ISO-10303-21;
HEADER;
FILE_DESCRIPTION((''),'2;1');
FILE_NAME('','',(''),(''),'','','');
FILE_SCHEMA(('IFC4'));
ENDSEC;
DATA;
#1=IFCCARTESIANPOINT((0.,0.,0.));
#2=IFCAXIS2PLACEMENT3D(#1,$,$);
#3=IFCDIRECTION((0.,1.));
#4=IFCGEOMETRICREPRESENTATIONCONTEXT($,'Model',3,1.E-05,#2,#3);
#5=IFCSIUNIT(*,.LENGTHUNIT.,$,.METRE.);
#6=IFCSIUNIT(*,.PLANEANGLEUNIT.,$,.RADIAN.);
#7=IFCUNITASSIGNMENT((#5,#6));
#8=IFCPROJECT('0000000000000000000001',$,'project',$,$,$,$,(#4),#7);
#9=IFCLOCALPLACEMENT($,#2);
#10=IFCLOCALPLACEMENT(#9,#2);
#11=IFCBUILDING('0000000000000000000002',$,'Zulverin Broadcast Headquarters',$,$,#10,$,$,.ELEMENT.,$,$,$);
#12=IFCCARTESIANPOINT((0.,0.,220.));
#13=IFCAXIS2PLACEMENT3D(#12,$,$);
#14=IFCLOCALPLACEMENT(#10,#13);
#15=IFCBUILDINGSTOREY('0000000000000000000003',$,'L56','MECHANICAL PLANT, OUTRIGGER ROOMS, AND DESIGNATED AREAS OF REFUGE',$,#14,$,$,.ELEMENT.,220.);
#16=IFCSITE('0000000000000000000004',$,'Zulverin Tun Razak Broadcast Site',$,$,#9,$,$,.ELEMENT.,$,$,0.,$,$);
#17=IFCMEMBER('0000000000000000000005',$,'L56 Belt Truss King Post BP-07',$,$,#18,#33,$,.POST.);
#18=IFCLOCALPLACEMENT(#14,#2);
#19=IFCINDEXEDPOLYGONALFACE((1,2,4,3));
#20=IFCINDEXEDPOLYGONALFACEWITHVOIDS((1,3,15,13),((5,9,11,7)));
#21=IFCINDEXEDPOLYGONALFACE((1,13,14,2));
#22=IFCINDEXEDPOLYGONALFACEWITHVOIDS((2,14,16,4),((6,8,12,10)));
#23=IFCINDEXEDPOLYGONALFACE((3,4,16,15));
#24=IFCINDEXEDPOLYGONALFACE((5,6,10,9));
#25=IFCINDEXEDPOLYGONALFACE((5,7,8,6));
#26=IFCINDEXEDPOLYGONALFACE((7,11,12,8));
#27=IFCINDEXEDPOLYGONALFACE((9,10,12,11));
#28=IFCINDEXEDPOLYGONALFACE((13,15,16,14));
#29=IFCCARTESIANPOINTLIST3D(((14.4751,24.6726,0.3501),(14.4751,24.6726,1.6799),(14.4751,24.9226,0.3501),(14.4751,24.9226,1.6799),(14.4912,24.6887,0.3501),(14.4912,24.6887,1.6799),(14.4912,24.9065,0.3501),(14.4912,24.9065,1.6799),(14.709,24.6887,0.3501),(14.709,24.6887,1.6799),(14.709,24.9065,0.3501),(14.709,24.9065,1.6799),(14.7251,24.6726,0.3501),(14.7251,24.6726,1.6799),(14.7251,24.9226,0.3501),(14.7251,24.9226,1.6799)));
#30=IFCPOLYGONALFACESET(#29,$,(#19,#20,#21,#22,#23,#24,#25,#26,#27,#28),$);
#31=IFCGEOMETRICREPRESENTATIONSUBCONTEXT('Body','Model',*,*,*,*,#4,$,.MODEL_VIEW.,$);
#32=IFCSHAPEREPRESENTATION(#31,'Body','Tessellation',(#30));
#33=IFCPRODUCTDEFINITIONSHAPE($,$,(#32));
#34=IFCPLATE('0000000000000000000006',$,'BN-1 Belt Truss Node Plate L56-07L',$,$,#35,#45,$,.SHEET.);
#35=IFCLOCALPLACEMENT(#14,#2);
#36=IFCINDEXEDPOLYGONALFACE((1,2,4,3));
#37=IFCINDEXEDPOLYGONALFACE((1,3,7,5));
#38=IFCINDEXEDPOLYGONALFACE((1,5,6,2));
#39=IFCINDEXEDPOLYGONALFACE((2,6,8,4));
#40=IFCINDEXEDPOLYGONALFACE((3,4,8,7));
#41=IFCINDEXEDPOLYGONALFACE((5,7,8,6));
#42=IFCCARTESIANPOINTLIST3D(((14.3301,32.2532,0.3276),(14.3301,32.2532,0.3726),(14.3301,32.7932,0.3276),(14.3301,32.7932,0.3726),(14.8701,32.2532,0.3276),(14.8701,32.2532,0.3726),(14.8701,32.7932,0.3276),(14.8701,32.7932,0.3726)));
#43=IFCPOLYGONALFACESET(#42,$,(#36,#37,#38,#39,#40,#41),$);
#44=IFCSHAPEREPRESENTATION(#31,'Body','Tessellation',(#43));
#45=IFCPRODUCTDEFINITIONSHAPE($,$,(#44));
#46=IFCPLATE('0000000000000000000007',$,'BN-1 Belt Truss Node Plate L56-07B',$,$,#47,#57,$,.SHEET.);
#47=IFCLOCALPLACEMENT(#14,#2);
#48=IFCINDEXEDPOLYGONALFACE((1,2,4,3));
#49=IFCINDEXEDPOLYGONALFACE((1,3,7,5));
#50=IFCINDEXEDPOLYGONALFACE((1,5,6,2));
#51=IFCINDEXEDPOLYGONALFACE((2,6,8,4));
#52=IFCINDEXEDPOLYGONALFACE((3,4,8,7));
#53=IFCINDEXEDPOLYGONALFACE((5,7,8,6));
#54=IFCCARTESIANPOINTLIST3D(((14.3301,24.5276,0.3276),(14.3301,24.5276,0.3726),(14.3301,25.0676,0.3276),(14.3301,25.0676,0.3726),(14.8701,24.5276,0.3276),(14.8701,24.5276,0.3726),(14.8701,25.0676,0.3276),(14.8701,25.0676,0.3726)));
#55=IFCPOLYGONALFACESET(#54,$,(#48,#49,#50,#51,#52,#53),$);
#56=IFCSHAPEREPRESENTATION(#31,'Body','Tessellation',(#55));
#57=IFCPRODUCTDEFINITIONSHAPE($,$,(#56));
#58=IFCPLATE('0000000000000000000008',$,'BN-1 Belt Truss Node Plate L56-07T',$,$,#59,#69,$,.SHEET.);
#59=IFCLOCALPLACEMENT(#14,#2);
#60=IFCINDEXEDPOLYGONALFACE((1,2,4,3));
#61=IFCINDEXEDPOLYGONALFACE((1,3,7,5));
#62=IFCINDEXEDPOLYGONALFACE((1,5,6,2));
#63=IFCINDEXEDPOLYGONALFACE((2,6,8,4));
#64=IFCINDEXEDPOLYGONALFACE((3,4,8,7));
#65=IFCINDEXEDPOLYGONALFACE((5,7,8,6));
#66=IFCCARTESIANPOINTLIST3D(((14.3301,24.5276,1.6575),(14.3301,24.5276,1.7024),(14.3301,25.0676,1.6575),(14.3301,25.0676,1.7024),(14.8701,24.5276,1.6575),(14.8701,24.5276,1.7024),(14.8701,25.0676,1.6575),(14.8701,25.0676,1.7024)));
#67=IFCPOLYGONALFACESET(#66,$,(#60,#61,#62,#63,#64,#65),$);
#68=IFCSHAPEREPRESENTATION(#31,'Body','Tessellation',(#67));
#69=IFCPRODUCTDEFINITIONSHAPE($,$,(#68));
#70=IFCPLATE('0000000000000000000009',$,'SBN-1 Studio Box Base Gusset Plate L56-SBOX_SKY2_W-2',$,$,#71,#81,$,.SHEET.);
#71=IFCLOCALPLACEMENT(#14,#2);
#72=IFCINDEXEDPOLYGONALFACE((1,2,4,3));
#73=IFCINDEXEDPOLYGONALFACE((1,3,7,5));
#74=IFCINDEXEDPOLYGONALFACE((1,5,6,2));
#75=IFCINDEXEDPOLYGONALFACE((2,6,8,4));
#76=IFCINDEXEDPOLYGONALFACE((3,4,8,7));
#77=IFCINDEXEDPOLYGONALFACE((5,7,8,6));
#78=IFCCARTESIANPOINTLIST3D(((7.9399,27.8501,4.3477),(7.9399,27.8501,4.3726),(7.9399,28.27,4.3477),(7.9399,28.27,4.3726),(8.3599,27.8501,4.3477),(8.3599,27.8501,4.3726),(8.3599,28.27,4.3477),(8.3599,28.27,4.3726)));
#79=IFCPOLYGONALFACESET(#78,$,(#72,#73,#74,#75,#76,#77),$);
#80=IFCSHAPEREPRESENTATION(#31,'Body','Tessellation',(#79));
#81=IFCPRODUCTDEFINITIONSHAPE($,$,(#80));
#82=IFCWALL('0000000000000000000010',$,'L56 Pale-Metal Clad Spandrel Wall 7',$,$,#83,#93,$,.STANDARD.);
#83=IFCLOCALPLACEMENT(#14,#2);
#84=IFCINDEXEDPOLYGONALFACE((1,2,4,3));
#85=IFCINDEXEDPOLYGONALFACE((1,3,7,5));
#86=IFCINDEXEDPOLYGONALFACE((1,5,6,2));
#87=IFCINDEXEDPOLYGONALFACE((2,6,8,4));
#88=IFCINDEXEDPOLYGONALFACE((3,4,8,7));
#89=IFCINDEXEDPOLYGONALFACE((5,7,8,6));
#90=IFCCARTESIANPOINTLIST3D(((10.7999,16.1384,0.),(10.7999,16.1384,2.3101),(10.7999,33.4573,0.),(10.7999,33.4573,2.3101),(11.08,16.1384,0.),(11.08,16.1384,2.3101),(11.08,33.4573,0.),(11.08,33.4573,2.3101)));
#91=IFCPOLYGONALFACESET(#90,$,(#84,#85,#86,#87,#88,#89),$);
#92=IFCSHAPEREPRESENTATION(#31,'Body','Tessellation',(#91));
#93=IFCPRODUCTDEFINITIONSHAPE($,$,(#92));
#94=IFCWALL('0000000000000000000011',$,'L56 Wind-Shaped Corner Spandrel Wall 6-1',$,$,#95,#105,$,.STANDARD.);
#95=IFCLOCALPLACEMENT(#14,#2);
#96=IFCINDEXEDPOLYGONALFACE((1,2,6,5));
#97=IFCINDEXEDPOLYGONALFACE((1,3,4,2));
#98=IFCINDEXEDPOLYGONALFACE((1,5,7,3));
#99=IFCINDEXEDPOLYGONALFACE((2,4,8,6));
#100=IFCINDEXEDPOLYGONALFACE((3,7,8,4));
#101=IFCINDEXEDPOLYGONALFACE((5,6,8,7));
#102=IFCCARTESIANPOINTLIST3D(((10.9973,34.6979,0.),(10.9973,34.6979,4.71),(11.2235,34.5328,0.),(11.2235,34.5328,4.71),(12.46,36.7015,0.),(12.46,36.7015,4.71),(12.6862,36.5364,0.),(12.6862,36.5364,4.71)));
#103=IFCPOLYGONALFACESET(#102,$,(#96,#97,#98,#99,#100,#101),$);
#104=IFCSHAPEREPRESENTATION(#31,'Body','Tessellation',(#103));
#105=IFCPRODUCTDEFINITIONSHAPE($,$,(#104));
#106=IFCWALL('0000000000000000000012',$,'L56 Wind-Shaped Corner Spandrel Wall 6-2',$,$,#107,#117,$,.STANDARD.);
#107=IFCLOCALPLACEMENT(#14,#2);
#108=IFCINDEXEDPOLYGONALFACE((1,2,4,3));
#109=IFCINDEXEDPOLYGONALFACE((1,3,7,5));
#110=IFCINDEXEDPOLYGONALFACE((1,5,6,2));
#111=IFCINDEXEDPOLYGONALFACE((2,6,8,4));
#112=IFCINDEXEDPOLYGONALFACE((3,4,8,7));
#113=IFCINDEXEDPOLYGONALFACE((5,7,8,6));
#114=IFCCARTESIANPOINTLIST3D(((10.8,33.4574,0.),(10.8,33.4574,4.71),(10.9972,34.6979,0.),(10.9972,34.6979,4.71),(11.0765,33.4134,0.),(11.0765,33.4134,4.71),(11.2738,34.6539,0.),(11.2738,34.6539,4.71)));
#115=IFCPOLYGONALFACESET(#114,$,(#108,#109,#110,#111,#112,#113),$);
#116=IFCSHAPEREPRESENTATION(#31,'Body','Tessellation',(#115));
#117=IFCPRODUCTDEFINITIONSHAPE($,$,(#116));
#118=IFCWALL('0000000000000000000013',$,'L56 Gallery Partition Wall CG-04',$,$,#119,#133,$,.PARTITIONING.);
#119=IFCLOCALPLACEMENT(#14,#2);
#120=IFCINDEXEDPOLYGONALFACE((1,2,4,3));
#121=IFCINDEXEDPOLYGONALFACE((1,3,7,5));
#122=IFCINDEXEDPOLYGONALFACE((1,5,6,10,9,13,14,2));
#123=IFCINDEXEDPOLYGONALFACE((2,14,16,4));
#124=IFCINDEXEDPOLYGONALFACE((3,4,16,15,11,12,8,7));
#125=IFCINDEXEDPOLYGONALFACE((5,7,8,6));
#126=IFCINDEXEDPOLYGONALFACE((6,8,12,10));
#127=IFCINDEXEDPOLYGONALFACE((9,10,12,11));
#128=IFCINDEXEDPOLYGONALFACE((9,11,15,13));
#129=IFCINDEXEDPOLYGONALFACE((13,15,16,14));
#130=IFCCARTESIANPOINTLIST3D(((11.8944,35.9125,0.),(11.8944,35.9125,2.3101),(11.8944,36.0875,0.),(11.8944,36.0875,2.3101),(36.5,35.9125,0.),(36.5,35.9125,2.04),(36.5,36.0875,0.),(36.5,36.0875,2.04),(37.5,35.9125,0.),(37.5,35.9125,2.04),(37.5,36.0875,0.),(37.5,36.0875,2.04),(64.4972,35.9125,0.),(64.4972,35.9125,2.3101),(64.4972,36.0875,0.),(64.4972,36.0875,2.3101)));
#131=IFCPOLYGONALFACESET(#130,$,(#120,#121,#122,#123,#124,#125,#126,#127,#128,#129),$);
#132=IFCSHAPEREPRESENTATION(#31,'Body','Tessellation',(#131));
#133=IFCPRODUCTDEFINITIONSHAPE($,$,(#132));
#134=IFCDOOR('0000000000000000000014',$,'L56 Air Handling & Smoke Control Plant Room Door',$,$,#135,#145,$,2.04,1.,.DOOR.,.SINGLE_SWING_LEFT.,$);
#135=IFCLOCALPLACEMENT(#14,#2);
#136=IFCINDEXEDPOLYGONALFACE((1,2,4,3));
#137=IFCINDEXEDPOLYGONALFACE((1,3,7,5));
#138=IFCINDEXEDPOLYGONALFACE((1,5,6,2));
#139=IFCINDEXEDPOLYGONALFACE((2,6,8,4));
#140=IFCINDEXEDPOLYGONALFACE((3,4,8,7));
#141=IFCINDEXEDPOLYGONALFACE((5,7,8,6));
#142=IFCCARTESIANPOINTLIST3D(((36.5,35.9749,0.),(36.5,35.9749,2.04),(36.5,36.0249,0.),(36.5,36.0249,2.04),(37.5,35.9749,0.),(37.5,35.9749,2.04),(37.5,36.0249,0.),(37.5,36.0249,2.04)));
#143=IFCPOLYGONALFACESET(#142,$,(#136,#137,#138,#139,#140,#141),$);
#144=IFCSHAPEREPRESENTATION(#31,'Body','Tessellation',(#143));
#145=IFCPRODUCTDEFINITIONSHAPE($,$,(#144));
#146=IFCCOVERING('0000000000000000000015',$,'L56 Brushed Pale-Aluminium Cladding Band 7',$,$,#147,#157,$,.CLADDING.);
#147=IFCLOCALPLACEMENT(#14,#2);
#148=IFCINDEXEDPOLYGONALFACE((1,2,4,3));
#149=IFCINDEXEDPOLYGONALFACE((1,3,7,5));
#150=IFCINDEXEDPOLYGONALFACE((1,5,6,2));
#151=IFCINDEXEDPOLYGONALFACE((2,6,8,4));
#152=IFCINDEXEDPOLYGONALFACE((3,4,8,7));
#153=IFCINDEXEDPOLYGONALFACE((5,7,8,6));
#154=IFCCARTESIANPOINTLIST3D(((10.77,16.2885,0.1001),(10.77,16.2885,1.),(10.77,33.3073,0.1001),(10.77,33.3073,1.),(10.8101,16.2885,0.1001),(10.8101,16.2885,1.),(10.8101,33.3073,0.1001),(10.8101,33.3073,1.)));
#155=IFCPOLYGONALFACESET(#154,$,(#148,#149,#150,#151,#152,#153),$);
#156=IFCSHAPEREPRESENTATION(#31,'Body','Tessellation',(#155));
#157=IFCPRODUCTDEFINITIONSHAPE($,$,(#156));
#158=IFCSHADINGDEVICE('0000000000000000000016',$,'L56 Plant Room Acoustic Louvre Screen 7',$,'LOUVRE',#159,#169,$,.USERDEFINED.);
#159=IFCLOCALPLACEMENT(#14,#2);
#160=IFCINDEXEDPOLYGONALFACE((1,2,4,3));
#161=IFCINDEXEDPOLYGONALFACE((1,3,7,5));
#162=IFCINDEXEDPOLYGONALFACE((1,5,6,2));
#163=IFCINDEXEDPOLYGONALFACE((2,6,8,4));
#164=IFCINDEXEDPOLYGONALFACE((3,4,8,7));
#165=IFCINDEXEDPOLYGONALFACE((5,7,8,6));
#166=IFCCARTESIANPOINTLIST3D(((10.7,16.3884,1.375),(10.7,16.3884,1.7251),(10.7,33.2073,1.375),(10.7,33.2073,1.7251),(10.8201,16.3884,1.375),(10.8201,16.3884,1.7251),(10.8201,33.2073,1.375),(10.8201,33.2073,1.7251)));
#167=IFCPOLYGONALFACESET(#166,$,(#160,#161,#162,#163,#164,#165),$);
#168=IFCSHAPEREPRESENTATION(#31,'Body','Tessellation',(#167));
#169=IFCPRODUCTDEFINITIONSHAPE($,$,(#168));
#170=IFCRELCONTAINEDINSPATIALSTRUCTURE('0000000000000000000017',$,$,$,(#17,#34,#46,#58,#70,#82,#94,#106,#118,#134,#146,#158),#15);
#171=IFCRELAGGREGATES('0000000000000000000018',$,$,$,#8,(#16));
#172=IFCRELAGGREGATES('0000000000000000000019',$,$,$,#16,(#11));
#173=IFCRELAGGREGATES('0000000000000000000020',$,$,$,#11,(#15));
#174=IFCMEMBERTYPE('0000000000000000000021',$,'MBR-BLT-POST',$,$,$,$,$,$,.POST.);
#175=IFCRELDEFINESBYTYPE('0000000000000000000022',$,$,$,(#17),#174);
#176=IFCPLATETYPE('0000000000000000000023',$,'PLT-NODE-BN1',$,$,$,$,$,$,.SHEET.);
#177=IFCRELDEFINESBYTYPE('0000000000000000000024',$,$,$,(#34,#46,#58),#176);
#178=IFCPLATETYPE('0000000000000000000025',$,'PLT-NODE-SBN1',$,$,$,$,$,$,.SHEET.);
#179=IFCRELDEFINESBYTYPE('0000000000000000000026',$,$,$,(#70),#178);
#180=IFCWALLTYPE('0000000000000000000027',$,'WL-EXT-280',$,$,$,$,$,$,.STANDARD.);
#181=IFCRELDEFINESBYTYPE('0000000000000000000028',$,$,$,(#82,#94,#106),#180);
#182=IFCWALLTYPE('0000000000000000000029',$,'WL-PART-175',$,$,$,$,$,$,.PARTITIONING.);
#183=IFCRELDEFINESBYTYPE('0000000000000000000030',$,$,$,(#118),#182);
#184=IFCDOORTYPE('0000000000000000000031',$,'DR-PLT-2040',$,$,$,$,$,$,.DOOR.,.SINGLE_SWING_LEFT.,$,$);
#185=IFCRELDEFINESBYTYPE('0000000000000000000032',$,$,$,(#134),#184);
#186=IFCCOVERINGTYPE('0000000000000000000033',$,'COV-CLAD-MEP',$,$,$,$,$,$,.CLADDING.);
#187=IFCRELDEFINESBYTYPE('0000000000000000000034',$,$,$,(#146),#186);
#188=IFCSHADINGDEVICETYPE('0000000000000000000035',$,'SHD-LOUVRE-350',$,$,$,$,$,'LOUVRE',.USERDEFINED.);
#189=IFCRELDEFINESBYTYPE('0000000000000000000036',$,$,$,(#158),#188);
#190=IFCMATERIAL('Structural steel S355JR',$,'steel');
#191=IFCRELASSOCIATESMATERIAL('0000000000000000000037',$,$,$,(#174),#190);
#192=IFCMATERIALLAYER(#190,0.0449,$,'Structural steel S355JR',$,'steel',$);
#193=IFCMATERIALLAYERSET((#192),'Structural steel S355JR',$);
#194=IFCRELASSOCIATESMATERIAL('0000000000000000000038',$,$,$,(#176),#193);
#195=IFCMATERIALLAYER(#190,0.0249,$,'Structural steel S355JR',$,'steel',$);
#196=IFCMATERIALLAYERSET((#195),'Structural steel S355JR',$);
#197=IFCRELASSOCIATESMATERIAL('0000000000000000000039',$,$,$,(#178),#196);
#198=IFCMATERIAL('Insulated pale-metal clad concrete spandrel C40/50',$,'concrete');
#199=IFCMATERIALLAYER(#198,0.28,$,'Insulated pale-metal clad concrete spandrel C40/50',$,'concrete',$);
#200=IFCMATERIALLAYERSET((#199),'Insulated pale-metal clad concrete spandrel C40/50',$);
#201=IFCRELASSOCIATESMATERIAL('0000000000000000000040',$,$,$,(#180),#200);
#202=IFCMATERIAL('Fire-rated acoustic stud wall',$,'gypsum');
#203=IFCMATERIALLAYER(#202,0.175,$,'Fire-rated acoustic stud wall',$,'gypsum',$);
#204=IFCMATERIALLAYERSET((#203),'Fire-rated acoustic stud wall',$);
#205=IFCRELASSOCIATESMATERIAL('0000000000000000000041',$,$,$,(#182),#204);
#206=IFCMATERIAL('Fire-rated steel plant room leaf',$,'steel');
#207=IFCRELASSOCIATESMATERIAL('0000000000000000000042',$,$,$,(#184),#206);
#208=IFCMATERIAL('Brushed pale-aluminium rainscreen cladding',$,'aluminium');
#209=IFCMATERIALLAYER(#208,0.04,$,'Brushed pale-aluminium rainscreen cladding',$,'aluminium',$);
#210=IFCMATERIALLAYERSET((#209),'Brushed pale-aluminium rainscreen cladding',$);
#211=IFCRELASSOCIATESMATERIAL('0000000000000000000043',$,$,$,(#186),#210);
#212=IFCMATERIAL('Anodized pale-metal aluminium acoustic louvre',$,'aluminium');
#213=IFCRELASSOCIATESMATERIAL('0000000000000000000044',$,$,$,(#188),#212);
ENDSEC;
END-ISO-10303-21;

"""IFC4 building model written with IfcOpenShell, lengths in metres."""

from ifc_helpers import new_model, si_unit, direction, frame, frame_2d, origin, origin_2d, place, context, subcontext, project, spatial, rectangle, hollow_rectangle, extrude, material, layer, layer_set, material_profile, profile_set, type_object, element, fill, save


model = new_model("IFC4")

# Units and contexts
model_context = context("Model", 3, precision=1e-05, world=origin(), true_north=direction((0.0, 1.0)))
body_context = subcontext(model_context, "Body", "Model", "MODEL_VIEW")
ifc_project = project(units=[si_unit("LENGTHUNIT", "METRE"), si_unit("PLANEANGLEUNIT", "RADIAN")], contexts=[model_context])

# Site, building, storey
site_placement = place(None, origin())
site = spatial("IfcSite", under=ifc_project, at=site_placement, Name="Zulverin Tun Razak Broadcast Site", CompositionType="ELEMENT", RefElevation=0.0)
building_placement = place(site_placement, origin())
building = spatial("IfcBuilding", under=site, at=building_placement, Name="Zulverin Broadcast Headquarters", CompositionType="ELEMENT")
storey_placement = place(building_placement, frame((0.0, 0.0, 220.0)))
storey = spatial("IfcBuildingStorey", under=building, at=storey_placement, Name="L56", Description="MECHANICAL PLANT, OUTRIGGER ROOMS, AND DESIGNATED AREAS OF REFUGE", CompositionType="ELEMENT", Elevation=220.0)

# Shared definitions
ifc_material_1 = material(Name="Structural steel S355JR", Category="steel")

# Member
ifc_material_profile_1 = material_profile(ifc_material_1, hollow_rectangle(XDim=0.25, YDim=0.25, WallThickness=0.0161, at=origin_2d()), Name="Structural steel S355JR", Category="steel")
ifc_profile_set_1 = profile_set([ifc_material_profile_1], Name="Structural steel S355JR")
member_type_1 = type_object("IfcMemberType", Name="MBR-BLT-POST", PredefinedType="POST", material=ifc_profile_set_1)
member_1_placement = place(storey_placement, frame((14.6001, 24.7976, 0.3501), z_axis=(0.0, 0.0, 1.0), x_axis=(1.0, 0.0, 0.0)))
element("IfcMember", 1, at=member_1_placement, inside=storey, type_object=member_type_1, Name="L56 Belt Truss King Post BP-07", PredefinedType="POST", context=body_context, shape_type="SweptSolid", body=[
    extrude(hollow_rectangle(XDim=0.25, YDim=0.25, WallThickness=0.0161, at=origin_2d()), origin(), (0.0, 0.0, 1.0), 1.3298),
])

# Plates
ifc_layer_1 = layer(ifc_material_1, 0.0449, Name="Structural steel S355JR", Category="steel")
ifc_layer_set_1 = layer_set([ifc_layer_1], Name="Structural steel S355JR")
plate_type_1 = type_object("IfcPlateType", Name="PLT-NODE-BN1", PredefinedType="SHEET", material=ifc_layer_set_1)
for number, where, z_axis, x_axis, name in (
    (2, (14.6001, 32.5232, 0.3276), (0.0, 0.0, 1.0), (1.0, 0.0, 0.0), "BN-1 Belt Truss Node Plate L56-07L"),
    (3, (14.6001, 24.7976, 0.3276), (0.0, 0.0, 1.0), (1.0, 0.0, 0.0), "BN-1 Belt Truss Node Plate L56-07B"),
    (4, (14.6001, 24.7976, 1.6575), (0.0, 0.0, 1.0), (1.0, 0.0, 0.0), "BN-1 Belt Truss Node Plate L56-07T"),
):
    element("IfcPlate", number, at=place(storey_placement, frame(where, z_axis=z_axis, x_axis=x_axis)), inside=storey, type_object=plate_type_1, Name=name, PredefinedType="SHEET", context=body_context, shape_type="SweptSolid", body=[
        extrude(rectangle(XDim=0.54, YDim=0.54, at=origin_2d()), origin(), (0.0, 0.0, 1.0), 0.0449),
    ])
ifc_layer_2 = layer(ifc_material_1, 0.0249, Name="Structural steel S355JR", Category="steel")
ifc_layer_set_2 = layer_set([ifc_layer_2], Name="Structural steel S355JR")
plate_type_2 = type_object("IfcPlateType", Name="PLT-NODE-SBN1", PredefinedType="SHEET", material=ifc_layer_set_2)
plate_placement = place(storey_placement, frame((8.1499, 28.0601, 4.3477), z_axis=(0.0, 0.0, 1.0), x_axis=(1.0, 0.0, 0.0)))
element("IfcPlate", 5, at=plate_placement, inside=storey, type_object=plate_type_2, Name="SBN-1 Studio Box Base Gusset Plate L56-SBOX_SKY2_W-2", PredefinedType="SHEET", context=body_context, shape_type="SweptSolid", body=[
    extrude(rectangle(XDim=0.4199, YDim=0.4199, at=origin_2d()), origin(), (0.0, 0.0, 1.0), 0.0249),
])

# Walls
ifc_material_2 = material(Name="Insulated pale-metal clad concrete spandrel C40/50", Category="concrete")
ifc_layer_3 = layer(ifc_material_2, 0.28, Name="Insulated pale-metal clad concrete spandrel C40/50", Category="concrete")
ifc_layer_set_3 = layer_set([ifc_layer_3], Name="Insulated pale-metal clad concrete spandrel C40/50")
wall_type_1 = type_object("IfcWallType", Name="WL-EXT-280", PredefinedType="STANDARD", material=ifc_layer_set_3)
wall_1_placement = place(storey_placement, frame((10.9399, 33.4573, 0.0), z_axis=(0.0, 0.0, 1.0), x_axis=(0.0, -1.0, 0.0)))
element("IfcWall", 6, at=wall_1_placement, inside=storey, type_object=wall_type_1, Name="L56 Pale-Metal Clad Spandrel Wall 7", PredefinedType="STANDARD", context=body_context, shape_type="SweptSolid", body=[
    extrude(rectangle(XDim=17.3188, YDim=0.28, at=frame_2d((8.6594, 0.0))), origin(), (0.0, 0.0, 1.0), 2.3101),
])
wall_2_placement = place(storey_placement, frame((12.573, 36.6189, 0.0), z_axis=(0.0, 0.0, 1.0), x_axis=(-0.589604, -0.807692, 0.0)))
element("IfcWall", 7, at=wall_2_placement, inside=storey, type_object=wall_type_1, Name="L56 Wind-Shaped Corner Spandrel Wall 6-1", PredefinedType="STANDARD", context=body_context, shape_type="SweptSolid", body=[
    extrude(rectangle(XDim=2.4807, YDim=0.28, at=frame_2d((1.2402, 0.0))), origin(), (0.0, 0.0, 1.0), 4.71),
])
wall_3_placement = place(storey_placement, frame((11.1355, 34.6758, 0.0), z_axis=(0.0, 0.0, 1.0), x_axis=(-0.15705, -0.987591, 0.0)))
element("IfcWall", 8, at=wall_3_placement, inside=storey, type_object=wall_type_1, Name="L56 Wind-Shaped Corner Spandrel Wall 6-2", PredefinedType="STANDARD", context=body_context, shape_type="SweptSolid", body=[
    extrude(rectangle(XDim=1.2561, YDim=0.28, at=frame_2d((0.6279, 0.0))), origin(), (0.0, 0.0, 1.0), 4.71),
])

# Wall, opening, door
ifc_material_3 = material(Name="Fire-rated acoustic stud wall", Category="gypsum")
ifc_layer_4 = layer(ifc_material_3, 0.175, Name="Fire-rated acoustic stud wall", Category="gypsum")
ifc_layer_set_4 = layer_set([ifc_layer_4], Name="Fire-rated acoustic stud wall")
wall_type_2 = type_object("IfcWallType", Name="WL-PART-175", PredefinedType="PARTITIONING", material=ifc_layer_set_4)
wall_4_placement = place(storey_placement, frame((11.8945, 36.0, 0.0), z_axis=(0.0, 0.0, 1.0), x_axis=(1.0, 0.0, 0.0)))
wall_4 = element("IfcWall", 9, at=wall_4_placement, inside=storey, type_object=wall_type_2, Name="L56 Gallery Partition Wall CG-04", PredefinedType="PARTITIONING", context=body_context, shape_type="SweptSolid", body=[
    extrude(rectangle(XDim=52.6028, YDim=0.175, at=frame_2d((26.3013, 0.0))), origin(), (0.0, 0.0, 1.0), 2.3101),
])
opening_placement = place(wall_4_placement, frame((24.6055, 0.0, 0.0)))
opening = element("IfcOpeningElement", 10, at=opening_placement, cuts=wall_4, PredefinedType="OPENING", context=body_context, shape_type="SweptSolid", body=[
    extrude(rectangle(XDim=1.0, YDim=2.04, at=frame_2d((0.5, 1.02))), frame((0.0, 0.0974, 0.0), z_axis=(0.0, -1.0, 0.0), x_axis=(1.0, 0.0, 0.0)), (0.0, 0.0, 1.0), 0.1951),
])
ifc_material_4 = material(Name="Fire-rated steel plant room leaf", Category="steel")
door_type = type_object("IfcDoorType", Name="DR-PLT-2040", OperationType="SINGLE_SWING_LEFT", PredefinedType="DOOR", material=ifc_material_4)
door_placement = place(opening_placement, origin())
door = element("IfcDoor", 11, at=door_placement, inside=storey, type_object=door_type, Name="L56 Air Handling & Smoke Control Plant Room Door", OperationType="SINGLE_SWING_LEFT", OverallHeight=2.04, OverallWidth=1.0, PredefinedType="DOOR", context=body_context, shape_type="SweptSolid", body=[
    extrude(rectangle(XDim=1.0, YDim=2.04, at=frame_2d((0.5, 1.02))), frame((0.0, 0.0249, 0.0), z_axis=(0.0, -1.0, 0.0), x_axis=(1.0, 0.0, 0.0)), (0.0, 0.0, 1.0), 0.05),
])
fill(opening, door)

# Covering
ifc_material_5 = material(Name="Brushed pale-aluminium rainscreen cladding", Category="aluminium")
ifc_layer_5 = layer(ifc_material_5, 0.04, Name="Brushed pale-aluminium rainscreen cladding", Category="aluminium")
ifc_layer_set_5 = layer_set([ifc_layer_5], Name="Brushed pale-aluminium rainscreen cladding")
covering_type = type_object("IfcCoveringType", Name="COV-CLAD-MEP", PredefinedType="CLADDING", material=ifc_layer_set_5)
covering_placement = place(storey_placement, frame((10.79, 24.7979, 0.1001), z_axis=(0.0, 0.0, 1.0), x_axis=(0.0, -1.0, 0.0)))
element("IfcCovering", 12, at=covering_placement, inside=storey, type_object=covering_type, Name="L56 Brushed Pale-Aluminium Cladding Band 7", PredefinedType="CLADDING", context=body_context, shape_type="SweptSolid", body=[
    extrude(rectangle(XDim=17.0188, YDim=0.04, at=origin_2d()), origin(), (0.0, 0.0, 1.0), 0.8999),
])

# Shading device
ifc_material_6 = material(Name="Anodized pale-metal aluminium acoustic louvre", Category="aluminium")
shading_device_type = type_object("IfcShadingDeviceType", Name="SHD-LOUVRE-350", ElementType="LOUVRE", PredefinedType="USERDEFINED", material=ifc_material_6)
shading_device_placement = place(storey_placement, frame((10.76, 24.7979, 1.375), z_axis=(0.0, 0.0, 1.0), x_axis=(0.0, -1.0, 0.0)))
element("IfcShadingDevice", 13, at=shading_device_placement, inside=storey, type_object=shading_device_type, Name="L56 Plant Room Acoustic Louvre Screen 7", ObjectType="LOUVRE", PredefinedType="USERDEFINED", context=body_context, shape_type="SweptSolid", body=[
    extrude(rectangle(XDim=16.8188, YDim=0.1201, at=origin_2d()), origin(), (0.0, 0.0, 1.0), 0.3501),
])

save(model, "model.ifc")
